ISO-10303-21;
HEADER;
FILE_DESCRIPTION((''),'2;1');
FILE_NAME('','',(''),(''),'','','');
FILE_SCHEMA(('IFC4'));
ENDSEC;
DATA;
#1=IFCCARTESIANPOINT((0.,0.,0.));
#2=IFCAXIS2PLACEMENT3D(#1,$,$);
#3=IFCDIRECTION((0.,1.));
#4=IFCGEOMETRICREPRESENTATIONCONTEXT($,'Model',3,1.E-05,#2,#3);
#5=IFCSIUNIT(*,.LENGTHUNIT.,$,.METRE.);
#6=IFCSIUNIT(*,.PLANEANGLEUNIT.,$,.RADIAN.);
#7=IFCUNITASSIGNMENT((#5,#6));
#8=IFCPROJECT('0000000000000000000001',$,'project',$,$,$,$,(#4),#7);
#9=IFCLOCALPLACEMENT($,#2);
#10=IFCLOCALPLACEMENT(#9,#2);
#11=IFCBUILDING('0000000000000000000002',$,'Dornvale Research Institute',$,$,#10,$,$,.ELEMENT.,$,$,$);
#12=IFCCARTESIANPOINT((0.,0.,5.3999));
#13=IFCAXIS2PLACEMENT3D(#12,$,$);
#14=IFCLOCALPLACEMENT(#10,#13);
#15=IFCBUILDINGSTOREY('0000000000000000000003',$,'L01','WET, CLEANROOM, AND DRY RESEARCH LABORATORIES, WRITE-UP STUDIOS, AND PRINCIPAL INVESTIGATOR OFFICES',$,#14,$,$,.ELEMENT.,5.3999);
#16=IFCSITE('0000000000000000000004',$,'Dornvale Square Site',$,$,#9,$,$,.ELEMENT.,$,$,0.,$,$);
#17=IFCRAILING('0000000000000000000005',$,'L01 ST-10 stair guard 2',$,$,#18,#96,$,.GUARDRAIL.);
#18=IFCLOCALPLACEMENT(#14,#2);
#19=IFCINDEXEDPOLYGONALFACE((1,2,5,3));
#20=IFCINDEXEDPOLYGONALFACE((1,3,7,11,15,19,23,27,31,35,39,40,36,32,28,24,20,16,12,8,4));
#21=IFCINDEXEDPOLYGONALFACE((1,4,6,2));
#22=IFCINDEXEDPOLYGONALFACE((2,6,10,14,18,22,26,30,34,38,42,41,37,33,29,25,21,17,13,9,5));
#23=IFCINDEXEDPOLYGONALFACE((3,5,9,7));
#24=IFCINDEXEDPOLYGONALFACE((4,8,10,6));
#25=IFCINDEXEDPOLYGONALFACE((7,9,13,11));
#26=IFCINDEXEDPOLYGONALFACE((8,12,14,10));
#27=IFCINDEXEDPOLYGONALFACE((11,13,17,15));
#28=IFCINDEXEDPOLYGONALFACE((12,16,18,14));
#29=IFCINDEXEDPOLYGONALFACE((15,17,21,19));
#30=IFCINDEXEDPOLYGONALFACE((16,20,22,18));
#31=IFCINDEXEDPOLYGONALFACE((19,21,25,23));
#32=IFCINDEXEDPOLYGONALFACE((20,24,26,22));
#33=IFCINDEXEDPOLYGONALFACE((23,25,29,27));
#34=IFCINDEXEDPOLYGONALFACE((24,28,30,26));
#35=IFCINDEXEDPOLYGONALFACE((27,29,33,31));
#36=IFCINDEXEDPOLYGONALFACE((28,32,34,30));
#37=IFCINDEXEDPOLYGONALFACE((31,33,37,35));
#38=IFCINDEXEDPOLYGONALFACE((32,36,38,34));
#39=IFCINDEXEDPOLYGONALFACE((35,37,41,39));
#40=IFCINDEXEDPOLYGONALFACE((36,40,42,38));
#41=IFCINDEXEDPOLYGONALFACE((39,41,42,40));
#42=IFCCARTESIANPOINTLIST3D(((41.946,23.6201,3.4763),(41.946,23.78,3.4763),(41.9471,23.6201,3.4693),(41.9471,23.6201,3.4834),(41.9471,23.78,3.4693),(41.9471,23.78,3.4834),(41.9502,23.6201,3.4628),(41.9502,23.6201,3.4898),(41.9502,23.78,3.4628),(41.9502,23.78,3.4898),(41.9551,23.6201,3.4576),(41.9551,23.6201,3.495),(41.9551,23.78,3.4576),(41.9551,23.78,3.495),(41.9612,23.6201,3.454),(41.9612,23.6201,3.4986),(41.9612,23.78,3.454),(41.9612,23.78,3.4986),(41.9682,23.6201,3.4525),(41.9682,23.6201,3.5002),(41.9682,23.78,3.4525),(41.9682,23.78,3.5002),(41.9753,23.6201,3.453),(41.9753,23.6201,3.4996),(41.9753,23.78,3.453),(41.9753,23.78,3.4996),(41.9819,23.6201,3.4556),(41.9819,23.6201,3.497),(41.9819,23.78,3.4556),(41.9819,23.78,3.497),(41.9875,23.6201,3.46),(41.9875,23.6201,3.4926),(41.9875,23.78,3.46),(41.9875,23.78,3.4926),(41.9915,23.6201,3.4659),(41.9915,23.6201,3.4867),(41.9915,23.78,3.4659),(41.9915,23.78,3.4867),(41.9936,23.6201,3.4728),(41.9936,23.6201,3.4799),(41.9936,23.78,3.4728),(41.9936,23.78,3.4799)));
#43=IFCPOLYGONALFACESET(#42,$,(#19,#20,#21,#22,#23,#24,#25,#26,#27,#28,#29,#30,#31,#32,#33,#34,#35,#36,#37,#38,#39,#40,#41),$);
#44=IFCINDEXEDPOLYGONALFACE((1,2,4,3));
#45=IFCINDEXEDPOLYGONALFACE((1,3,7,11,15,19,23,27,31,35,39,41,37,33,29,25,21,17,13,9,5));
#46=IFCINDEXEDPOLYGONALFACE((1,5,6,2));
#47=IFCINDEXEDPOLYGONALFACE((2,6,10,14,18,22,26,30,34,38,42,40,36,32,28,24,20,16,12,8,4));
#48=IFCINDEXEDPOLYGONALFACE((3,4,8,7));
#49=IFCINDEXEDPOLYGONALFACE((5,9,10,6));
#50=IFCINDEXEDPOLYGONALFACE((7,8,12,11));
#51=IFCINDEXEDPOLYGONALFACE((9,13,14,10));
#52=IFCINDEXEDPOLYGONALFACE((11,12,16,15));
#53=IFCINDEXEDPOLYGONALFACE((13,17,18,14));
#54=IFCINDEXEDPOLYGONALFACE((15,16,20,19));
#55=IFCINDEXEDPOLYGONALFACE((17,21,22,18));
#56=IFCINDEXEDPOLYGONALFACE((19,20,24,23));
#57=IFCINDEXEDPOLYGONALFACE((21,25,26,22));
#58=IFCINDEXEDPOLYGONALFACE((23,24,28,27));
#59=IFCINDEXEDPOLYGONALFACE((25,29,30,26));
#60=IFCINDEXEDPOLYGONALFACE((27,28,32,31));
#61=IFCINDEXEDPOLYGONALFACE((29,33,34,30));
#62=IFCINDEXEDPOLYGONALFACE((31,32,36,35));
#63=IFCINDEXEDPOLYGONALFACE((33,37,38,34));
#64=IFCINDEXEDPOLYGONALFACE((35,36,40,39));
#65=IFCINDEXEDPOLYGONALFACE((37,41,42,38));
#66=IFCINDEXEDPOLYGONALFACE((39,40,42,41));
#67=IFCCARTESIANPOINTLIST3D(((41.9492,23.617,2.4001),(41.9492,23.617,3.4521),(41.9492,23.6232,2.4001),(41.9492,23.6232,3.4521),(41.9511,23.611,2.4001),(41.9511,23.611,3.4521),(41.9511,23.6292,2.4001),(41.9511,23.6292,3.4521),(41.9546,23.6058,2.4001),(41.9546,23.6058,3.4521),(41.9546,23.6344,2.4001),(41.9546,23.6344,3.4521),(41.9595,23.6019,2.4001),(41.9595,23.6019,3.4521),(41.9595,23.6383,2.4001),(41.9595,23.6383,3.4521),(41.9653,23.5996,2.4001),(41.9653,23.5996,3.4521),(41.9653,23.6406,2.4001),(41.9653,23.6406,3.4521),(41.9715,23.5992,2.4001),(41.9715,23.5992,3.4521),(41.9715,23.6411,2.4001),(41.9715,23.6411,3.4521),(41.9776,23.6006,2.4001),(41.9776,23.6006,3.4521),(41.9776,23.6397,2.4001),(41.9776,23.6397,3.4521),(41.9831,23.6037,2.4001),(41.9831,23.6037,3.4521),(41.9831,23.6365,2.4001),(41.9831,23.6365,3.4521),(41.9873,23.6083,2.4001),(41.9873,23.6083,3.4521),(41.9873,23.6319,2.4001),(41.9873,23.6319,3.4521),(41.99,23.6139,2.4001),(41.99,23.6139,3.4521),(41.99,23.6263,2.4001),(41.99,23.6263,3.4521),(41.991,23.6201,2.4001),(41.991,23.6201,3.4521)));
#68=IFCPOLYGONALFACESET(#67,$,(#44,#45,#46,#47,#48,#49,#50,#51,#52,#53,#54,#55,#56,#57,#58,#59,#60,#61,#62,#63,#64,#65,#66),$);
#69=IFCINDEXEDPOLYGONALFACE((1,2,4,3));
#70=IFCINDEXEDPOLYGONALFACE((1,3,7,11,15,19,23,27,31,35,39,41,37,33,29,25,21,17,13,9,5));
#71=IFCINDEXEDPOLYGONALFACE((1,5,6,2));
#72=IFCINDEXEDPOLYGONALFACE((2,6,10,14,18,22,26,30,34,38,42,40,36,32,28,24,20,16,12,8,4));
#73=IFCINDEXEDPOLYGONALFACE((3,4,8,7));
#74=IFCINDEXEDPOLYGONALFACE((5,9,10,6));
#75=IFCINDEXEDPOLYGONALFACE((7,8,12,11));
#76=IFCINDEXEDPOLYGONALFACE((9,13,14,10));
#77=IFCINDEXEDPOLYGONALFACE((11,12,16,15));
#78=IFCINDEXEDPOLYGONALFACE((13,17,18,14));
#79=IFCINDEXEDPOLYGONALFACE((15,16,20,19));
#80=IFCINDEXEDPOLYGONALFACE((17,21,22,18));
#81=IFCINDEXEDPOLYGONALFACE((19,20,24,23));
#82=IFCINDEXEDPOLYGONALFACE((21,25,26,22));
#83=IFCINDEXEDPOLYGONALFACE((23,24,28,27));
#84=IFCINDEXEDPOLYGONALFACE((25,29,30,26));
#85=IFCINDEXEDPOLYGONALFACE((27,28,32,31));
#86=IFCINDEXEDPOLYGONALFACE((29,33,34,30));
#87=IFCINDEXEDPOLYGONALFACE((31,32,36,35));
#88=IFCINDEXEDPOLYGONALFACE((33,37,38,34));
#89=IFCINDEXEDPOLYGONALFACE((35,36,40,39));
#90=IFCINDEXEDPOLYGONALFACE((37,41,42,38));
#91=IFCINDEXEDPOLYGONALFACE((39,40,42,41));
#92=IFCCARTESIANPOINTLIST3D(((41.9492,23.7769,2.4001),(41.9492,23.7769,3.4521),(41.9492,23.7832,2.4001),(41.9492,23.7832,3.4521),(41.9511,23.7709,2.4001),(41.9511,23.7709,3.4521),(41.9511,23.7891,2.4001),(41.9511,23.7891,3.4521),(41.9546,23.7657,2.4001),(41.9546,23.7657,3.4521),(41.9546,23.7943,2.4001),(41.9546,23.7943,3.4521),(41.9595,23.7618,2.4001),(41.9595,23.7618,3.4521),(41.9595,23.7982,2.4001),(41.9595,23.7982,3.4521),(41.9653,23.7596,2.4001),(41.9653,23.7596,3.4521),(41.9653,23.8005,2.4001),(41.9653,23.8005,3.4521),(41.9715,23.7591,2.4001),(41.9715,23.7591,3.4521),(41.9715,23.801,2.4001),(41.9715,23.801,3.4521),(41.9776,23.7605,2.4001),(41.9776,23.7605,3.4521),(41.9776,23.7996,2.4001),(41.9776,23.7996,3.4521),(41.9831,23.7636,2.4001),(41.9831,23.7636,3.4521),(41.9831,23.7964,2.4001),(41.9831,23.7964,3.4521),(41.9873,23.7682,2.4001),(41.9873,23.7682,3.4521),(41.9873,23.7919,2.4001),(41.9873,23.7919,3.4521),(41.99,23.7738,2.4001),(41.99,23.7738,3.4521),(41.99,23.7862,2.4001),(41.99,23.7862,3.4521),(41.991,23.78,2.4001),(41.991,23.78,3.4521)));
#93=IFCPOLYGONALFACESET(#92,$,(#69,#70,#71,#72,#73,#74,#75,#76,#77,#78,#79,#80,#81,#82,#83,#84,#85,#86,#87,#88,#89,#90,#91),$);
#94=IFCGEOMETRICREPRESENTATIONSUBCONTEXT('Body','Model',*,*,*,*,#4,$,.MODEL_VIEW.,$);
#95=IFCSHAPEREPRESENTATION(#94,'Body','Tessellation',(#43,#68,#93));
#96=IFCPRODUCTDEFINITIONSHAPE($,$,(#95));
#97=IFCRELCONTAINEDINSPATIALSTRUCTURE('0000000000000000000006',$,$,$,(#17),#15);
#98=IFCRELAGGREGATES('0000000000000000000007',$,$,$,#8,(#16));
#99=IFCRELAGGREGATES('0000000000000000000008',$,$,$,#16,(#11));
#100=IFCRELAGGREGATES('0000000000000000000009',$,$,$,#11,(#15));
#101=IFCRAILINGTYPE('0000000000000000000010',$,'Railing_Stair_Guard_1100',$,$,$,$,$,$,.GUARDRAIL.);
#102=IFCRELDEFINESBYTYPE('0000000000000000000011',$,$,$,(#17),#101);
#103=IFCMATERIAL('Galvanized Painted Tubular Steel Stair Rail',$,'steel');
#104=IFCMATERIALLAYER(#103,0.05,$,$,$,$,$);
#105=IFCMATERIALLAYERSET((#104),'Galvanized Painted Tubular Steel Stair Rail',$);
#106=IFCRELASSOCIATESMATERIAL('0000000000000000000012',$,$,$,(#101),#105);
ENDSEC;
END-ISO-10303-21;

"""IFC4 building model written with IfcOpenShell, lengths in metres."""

from ifc_helpers import new_model, si_unit, direction, frame, origin, origin_2d, place, context, subcontext, project, spatial, circle, extrude, material, layer, layer_set, type_object, element, save


model = new_model("IFC4")

# Units and contexts
model_context = context("Model", 3, precision=1e-05, world=origin(), true_north=direction((0.0, 1.0)))
body_context = subcontext(model_context, "Body", "Model", "MODEL_VIEW")
ifc_project = project(units=[si_unit("LENGTHUNIT", "METRE"), si_unit("PLANEANGLEUNIT", "RADIAN")], contexts=[model_context])

# Site, building, storey
site_placement = place(None, origin())
site = spatial("IfcSite", under=ifc_project, at=site_placement, Name="Dornvale Square Site", CompositionType="ELEMENT", RefElevation=0.0)
building_placement = place(site_placement, origin())
building = spatial("IfcBuilding", under=site, at=building_placement, Name="Dornvale Research Institute", CompositionType="ELEMENT")
storey_placement = place(building_placement, frame((0.0, 0.0, 5.3999)))
storey = spatial("IfcBuildingStorey", under=building, at=storey_placement, Name="L01", Description="WET, CLEANROOM, AND DRY RESEARCH LABORATORIES, WRITE-UP STUDIOS, AND PRINCIPAL INVESTIGATOR OFFICES", CompositionType="ELEMENT", Elevation=5.3999)

# Railing
ifc_material_1 = material(Name="Galvanized Painted Tubular Steel Stair Rail", Category="steel")
ifc_layer_1 = layer(ifc_material_1, 0.05)
ifc_layer_set_1 = layer_set([ifc_layer_1], Name="Galvanized Painted Tubular Steel Stair Rail")
railing_type_1 = type_object("IfcRailingType", Name="Railing_Stair_Guard_1100", PredefinedType="GUARDRAIL", material=ifc_layer_set_1)
railing_1_placement = place(storey_placement, frame((41.97, 23.6201, 2.4001)))
element("IfcRailing", 1, at=railing_1_placement, inside=storey, type_object=railing_type_1, Name="L01 ST-10 stair guard 2", PredefinedType="GUARDRAIL", context=body_context, shape_type="SweptSolid", body=[
    extrude(circle(Radius=0.0239, at=origin_2d()), frame((0.0, 0.0, 1.0762), z_axis=(0.0, 1.0, 0.0), x_axis=(-1.0, 0.0, 0.0)), (0.0, 0.0, 1.0), 0.1599),
    extrude(circle(Radius=0.021, at=origin_2d()), origin(), (0.0, 0.0, 1.0), 1.052),
    extrude(circle(Radius=0.021, at=origin_2d()), frame((0.0, 0.1599, 0.0)), (0.0, 0.0, 1.0), 1.052),
])

save(model, "model.ifc")
